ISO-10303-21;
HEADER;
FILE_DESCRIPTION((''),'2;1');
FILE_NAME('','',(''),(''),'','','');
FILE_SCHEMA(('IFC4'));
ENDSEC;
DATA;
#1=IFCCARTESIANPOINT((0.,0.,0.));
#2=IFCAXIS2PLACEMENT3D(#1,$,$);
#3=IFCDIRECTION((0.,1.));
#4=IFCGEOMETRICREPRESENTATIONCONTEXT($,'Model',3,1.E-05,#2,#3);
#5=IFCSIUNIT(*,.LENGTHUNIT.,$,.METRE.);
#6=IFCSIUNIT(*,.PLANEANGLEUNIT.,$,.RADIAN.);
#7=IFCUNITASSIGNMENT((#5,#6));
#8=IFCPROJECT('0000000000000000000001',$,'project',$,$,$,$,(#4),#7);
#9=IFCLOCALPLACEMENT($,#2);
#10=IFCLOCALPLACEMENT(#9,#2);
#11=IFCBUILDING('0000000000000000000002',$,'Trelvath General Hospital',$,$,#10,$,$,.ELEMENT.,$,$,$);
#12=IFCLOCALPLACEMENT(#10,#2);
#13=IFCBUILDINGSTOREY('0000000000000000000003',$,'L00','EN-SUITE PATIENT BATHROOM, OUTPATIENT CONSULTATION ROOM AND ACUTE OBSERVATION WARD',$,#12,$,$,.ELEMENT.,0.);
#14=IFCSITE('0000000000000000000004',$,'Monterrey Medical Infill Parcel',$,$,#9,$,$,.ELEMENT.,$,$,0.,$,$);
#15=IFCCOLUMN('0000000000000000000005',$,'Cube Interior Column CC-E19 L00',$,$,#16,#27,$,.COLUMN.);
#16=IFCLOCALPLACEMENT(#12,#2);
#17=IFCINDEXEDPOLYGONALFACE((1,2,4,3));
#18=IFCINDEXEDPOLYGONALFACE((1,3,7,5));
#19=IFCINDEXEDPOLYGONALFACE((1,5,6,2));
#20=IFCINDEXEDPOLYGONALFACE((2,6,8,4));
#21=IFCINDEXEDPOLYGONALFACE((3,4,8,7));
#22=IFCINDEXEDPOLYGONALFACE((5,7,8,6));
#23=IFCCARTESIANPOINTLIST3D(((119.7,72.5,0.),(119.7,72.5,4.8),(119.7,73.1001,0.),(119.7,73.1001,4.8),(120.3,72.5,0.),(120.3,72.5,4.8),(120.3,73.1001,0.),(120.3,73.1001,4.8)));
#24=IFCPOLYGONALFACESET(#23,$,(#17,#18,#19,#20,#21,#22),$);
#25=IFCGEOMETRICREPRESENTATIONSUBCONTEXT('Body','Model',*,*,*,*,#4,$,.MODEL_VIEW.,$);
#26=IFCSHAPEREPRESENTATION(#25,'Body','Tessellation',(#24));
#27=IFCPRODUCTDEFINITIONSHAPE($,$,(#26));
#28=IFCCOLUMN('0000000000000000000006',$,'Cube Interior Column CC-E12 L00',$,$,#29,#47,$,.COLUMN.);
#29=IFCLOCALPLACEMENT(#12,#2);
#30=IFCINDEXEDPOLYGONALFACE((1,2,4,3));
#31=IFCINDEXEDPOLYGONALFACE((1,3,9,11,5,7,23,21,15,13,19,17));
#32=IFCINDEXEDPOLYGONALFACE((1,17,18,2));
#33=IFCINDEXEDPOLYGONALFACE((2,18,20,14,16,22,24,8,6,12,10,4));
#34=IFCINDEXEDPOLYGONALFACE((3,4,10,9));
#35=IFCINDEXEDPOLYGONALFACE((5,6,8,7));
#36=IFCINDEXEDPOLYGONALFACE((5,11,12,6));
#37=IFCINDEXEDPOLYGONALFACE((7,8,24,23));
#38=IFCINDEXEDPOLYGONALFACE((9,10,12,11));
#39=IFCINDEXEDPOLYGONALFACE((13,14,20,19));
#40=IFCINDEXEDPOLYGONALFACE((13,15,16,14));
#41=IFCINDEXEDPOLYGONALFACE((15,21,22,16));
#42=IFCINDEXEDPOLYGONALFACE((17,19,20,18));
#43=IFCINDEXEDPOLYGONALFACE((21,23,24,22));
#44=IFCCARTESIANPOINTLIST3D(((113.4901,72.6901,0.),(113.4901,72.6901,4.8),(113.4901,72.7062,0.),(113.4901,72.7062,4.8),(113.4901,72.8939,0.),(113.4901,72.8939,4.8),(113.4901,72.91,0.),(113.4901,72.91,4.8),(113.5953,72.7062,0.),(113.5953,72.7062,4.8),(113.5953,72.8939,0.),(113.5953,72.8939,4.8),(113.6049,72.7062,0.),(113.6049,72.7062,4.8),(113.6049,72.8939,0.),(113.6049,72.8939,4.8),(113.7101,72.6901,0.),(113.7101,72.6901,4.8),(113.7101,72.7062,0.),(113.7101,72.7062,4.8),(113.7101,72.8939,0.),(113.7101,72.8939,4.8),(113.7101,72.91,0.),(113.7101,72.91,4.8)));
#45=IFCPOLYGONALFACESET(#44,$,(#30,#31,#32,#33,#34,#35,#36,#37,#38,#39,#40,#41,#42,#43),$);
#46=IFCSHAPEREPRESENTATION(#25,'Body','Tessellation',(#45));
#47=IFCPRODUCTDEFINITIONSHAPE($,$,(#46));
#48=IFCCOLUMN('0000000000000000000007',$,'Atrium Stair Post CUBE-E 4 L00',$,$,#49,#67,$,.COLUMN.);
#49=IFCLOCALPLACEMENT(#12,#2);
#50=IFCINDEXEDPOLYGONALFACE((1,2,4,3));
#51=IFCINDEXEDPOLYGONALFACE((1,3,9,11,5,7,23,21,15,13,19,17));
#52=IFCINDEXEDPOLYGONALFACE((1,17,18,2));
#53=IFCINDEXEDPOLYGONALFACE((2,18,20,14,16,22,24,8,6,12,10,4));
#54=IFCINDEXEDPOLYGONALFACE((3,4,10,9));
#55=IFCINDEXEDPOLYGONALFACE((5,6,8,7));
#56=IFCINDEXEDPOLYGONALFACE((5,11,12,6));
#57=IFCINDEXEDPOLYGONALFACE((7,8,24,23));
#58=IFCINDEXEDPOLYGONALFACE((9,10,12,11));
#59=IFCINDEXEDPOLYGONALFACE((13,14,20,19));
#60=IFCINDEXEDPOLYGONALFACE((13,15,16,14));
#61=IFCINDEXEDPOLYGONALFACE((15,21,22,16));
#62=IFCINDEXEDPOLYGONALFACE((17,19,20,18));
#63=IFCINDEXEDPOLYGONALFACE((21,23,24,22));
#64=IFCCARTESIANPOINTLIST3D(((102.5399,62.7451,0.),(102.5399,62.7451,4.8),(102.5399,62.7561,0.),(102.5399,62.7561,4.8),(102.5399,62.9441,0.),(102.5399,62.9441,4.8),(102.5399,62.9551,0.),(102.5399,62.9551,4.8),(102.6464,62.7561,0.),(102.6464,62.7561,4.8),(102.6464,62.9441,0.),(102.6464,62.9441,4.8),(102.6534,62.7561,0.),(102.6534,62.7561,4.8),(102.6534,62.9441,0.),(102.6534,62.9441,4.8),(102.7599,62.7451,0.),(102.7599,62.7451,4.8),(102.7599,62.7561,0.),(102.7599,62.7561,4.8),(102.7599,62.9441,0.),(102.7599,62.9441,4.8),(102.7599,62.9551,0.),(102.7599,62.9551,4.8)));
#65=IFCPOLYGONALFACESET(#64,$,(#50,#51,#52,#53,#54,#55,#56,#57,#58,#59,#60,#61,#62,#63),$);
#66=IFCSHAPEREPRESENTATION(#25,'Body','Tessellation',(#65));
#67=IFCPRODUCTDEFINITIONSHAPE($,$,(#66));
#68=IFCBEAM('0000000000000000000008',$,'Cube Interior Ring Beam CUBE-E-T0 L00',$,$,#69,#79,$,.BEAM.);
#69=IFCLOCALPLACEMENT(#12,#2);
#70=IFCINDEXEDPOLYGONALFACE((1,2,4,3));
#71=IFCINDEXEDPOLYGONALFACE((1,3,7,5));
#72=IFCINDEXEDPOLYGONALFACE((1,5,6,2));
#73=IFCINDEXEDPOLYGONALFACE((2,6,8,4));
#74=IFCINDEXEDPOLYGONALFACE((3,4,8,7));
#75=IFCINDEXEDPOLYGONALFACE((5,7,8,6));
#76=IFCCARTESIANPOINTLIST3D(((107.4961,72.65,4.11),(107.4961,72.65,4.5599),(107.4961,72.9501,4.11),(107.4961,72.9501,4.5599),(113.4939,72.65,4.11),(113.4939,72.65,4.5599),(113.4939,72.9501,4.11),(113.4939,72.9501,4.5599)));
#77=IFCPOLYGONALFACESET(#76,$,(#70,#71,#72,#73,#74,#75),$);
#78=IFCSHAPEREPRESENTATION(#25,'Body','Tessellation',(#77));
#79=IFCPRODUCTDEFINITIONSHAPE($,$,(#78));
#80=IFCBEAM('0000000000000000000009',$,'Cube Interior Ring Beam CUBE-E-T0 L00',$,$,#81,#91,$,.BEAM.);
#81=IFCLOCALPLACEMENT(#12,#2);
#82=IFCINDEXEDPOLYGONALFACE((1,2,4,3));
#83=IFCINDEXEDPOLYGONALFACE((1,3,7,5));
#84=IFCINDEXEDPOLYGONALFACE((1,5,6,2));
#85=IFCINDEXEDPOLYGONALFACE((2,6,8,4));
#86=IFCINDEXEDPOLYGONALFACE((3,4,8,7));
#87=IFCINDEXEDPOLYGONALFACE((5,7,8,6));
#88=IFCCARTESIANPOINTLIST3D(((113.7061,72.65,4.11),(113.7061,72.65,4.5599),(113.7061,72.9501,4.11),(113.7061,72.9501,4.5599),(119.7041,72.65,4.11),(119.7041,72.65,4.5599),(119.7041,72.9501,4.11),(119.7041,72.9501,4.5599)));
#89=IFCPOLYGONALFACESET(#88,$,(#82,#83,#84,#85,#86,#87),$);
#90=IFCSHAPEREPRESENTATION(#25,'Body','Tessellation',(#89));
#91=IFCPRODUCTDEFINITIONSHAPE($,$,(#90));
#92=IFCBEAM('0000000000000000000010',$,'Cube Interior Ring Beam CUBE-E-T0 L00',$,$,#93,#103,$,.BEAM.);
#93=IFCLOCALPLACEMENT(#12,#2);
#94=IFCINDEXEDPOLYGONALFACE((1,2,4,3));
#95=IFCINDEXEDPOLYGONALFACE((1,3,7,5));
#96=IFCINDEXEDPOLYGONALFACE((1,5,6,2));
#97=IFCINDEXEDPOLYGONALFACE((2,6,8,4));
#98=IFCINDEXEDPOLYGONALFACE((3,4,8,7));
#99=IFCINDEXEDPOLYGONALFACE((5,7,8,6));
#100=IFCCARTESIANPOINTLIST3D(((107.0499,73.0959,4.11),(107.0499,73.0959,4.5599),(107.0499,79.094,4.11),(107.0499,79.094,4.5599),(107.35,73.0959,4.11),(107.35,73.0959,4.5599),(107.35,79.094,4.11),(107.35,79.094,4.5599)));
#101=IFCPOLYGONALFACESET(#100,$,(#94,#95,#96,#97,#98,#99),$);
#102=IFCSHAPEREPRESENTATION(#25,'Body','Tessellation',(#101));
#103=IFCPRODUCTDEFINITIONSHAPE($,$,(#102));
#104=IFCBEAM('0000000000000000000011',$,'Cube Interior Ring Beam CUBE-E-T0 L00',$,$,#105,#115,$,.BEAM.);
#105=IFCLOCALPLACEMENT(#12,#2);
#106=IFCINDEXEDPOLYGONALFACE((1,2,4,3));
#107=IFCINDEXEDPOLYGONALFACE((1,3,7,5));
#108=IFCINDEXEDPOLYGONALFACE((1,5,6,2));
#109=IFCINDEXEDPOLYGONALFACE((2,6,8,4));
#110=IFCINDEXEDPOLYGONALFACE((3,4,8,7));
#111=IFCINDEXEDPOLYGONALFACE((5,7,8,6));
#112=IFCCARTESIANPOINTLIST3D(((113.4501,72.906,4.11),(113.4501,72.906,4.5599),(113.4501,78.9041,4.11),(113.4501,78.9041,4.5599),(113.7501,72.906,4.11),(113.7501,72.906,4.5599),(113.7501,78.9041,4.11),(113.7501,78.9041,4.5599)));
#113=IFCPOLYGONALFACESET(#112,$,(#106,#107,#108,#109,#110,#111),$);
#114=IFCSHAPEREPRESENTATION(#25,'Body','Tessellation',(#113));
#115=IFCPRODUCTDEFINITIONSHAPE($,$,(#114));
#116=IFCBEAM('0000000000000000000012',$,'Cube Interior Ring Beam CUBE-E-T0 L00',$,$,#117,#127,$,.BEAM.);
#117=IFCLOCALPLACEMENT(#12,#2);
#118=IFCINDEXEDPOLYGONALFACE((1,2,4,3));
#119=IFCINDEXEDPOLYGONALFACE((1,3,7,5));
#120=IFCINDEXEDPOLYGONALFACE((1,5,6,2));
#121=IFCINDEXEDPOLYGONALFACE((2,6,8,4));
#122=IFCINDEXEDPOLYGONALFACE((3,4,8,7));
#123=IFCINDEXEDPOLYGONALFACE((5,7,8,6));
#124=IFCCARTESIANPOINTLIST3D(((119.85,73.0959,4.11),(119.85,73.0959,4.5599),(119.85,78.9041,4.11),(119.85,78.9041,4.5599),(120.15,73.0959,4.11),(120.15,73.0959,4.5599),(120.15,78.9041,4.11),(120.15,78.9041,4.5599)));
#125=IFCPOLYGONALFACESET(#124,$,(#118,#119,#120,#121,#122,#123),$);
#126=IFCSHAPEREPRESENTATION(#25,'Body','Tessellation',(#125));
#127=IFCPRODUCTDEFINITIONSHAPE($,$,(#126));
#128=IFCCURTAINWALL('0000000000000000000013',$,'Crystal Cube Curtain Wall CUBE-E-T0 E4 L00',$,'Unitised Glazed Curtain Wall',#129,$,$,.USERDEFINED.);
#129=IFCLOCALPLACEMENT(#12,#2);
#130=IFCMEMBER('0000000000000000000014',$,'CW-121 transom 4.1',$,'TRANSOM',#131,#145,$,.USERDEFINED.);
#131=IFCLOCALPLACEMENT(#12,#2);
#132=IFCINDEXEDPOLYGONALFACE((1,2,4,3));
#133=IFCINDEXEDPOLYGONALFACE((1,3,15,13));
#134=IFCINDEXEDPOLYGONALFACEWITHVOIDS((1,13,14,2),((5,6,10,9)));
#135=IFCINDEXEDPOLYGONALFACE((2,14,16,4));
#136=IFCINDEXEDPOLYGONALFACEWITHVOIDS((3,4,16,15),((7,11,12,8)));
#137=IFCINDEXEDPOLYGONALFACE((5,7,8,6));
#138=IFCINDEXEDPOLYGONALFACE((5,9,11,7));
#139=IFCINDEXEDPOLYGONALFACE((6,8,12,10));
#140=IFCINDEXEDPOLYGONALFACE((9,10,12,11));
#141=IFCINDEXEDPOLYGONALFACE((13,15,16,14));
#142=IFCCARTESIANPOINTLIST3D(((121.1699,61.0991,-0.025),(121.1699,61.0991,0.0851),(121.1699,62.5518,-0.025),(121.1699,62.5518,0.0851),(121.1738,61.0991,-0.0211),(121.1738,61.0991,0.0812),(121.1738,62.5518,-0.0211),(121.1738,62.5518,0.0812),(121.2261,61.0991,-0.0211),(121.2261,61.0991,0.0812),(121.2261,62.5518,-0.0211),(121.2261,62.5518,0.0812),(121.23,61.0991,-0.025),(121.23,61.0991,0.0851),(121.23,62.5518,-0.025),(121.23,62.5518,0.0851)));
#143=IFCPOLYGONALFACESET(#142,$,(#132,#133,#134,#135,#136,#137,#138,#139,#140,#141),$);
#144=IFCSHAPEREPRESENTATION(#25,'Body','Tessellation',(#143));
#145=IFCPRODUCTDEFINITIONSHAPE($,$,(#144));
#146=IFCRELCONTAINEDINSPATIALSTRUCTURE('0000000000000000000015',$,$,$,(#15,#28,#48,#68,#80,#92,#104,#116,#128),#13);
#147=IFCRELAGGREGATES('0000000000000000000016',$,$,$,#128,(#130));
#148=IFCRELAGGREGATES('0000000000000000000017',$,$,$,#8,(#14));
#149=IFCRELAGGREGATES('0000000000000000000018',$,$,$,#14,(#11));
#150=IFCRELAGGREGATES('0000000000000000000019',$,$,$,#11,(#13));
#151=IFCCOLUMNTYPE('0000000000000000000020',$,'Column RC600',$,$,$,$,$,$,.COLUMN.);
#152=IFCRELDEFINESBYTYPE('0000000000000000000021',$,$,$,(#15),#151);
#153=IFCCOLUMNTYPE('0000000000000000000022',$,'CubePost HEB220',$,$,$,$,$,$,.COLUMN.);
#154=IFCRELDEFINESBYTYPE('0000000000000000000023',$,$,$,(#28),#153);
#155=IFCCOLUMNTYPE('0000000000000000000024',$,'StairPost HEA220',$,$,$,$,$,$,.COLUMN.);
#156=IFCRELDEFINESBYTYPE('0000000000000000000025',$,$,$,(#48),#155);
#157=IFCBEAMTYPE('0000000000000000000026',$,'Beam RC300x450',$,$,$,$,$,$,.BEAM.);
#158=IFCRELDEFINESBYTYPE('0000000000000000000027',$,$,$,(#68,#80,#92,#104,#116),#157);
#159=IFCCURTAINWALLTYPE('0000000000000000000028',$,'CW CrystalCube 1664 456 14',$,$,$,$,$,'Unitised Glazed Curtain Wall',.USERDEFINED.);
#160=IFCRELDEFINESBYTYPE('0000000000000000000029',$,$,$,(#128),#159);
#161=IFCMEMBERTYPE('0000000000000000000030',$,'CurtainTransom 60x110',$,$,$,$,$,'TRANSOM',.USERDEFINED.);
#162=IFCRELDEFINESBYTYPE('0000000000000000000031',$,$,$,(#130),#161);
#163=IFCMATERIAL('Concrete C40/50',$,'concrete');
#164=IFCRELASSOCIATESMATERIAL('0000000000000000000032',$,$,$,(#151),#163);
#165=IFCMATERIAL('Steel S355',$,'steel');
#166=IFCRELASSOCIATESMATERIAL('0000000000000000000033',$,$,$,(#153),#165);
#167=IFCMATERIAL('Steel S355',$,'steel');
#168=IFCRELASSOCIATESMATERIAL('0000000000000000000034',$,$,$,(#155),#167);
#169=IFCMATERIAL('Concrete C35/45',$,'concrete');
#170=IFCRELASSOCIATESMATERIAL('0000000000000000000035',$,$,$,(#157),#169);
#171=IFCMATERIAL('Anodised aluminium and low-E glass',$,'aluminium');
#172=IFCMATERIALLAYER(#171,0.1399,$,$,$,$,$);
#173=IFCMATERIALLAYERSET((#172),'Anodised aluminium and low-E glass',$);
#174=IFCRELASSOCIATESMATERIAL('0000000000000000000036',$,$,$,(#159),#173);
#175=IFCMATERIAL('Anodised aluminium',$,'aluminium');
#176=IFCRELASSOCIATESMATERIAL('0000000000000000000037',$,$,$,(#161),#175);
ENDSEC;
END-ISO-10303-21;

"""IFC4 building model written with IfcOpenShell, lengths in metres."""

from ifc_helpers import new_model, si_unit, direction, frame, origin, origin_2d, place, context, subcontext, project, spatial, rectangle, hollow_rectangle, i_section, extrude, material, layer, layer_set, material_profile, profile_set, type_object, element, aggregate, save


model = new_model("IFC4")

# Units and contexts
model_context = context("Model", 3, precision=1e-05, world=origin(), true_north=direction((0.0, 1.0)))
body_context = subcontext(model_context, "Body", "Model", "MODEL_VIEW")
ifc_project = project(units=[si_unit("LENGTHUNIT", "METRE"), si_unit("PLANEANGLEUNIT", "RADIAN")], contexts=[model_context])

# Site, building, storey
site_placement = place(None, origin())
site = spatial("IfcSite", under=ifc_project, at=site_placement, Name="Monterrey Medical Infill Parcel", CompositionType="ELEMENT", RefElevation=0.0)
building_placement = place(site_placement, origin())
building = spatial("IfcBuilding", under=site, at=building_placement, Name="Trelvath General Hospital", CompositionType="ELEMENT")
storey_placement = place(building_placement, origin())
storey = spatial("IfcBuildingStorey", under=building, at=storey_placement, Name="L00", Description="EN-SUITE PATIENT BATHROOM, OUTPATIENT CONSULTATION ROOM AND ACUTE OBSERVATION WARD", CompositionType="ELEMENT", Elevation=0.0)

# Columns
ifc_material_1 = material(Name="Concrete C40/50", Category="concrete")
ifc_material_profile_1 = material_profile(ifc_material_1, rectangle(XDim=0.6001, YDim=0.6001, at=origin_2d()), Name="RC600x600")
ifc_profile_set_1 = profile_set([ifc_material_profile_1], Name="Concrete C40/50")
column_type_1 = type_object("IfcColumnType", Name="Column RC600", PredefinedType="COLUMN", material=ifc_profile_set_1)
for number, where, z_axis, x_axis, name in (
    (1, (120.0, 72.8, 0.0), (0.0, 0.0, 1.0), (1.0, 0.0, 0.0), "Cube Interior Column CC-E19 L00"),
):
    element("IfcColumn", number, at=place(storey_placement, frame(where, z_axis=z_axis, x_axis=x_axis)), inside=storey, type_object=column_type_1, Name=name, PredefinedType="COLUMN", context=body_context, shape_type="SweptSolid", body=[
        extrude(rectangle(XDim=0.6001, YDim=0.6001, at=origin_2d()), origin(), (0.0, 0.0, 1.0), 4.8),
    ])
ifc_material_2 = material(Name="Steel S355", Category="steel")
ifc_material_profile_2 = material_profile(ifc_material_2, i_section(OverallWidth=0.22, OverallDepth=0.22, WebThickness=0.0095, FlangeThickness=0.0161, at=origin_2d()), Name="HEB220")
ifc_profile_set_2 = profile_set([ifc_material_profile_2], Name="Steel S355")
column_type_2 = type_object("IfcColumnType", Name="CubePost HEB220", PredefinedType="COLUMN", material=ifc_profile_set_2)
column_1_placement = place(storey_placement, frame((113.6001, 72.8, 0.0), z_axis=(0.0, 0.0, 1.0), x_axis=(1.0, 0.0, 0.0)))
element("IfcColumn", 2, at=column_1_placement, inside=storey, type_object=column_type_2, Name="Cube Interior Column CC-E12 L00", PredefinedType="COLUMN", context=body_context, shape_type="SweptSolid", body=[
    extrude(i_section(OverallWidth=0.22, OverallDepth=0.22, WebThickness=0.0095, FlangeThickness=0.0161, at=origin_2d()), origin(), (0.0, 0.0, 1.0), 4.8),
])
ifc_material_3 = material(Name="Steel S355", Category="steel")
ifc_material_profile_3 = material_profile(ifc_material_3, i_section(OverallWidth=0.22, OverallDepth=0.21, WebThickness=0.0071, FlangeThickness=0.011, at=origin_2d()), Name="HEA220")
ifc_profile_set_3 = profile_set([ifc_material_profile_3], Name="Steel S355")
column_type_3 = type_object("IfcColumnType", Name="StairPost HEA220", PredefinedType="COLUMN", material=ifc_profile_set_3)
column_2_placement = place(storey_placement, frame((102.6499, 62.8501, 0.0), z_axis=(0.0, 0.0, 1.0), x_axis=(1.0, 0.0, 0.0)))
element("IfcColumn", 3, at=column_2_placement, inside=storey, type_object=column_type_3, Name="Atrium Stair Post CUBE-E 4 L00", PredefinedType="COLUMN", context=body_context, shape_type="SweptSolid", body=[
    extrude(i_section(OverallWidth=0.22, OverallDepth=0.21, WebThickness=0.0071, FlangeThickness=0.011, at=origin_2d()), origin(), (0.0, 0.0, 1.0), 4.8),
])

# Beams
ifc_material_4 = material(Name="Concrete C35/45", Category="concrete")
ifc_material_profile_4 = material_profile(ifc_material_4, rectangle(XDim=0.3, YDim=0.45, at=origin_2d()), Name="RCB300x450")
ifc_profile_set_4 = profile_set([ifc_material_profile_4], Name="Concrete C35/45")
beam_type = type_object("IfcBeamType", Name="Beam RC300x450", PredefinedType="BEAM", material=ifc_profile_set_4)
beam_1_placement = place(storey_placement, frame((107.4961, 72.8, 4.335), z_axis=(1.0, 0.0, 0.0), x_axis=(0.0, 1.0, 0.0)))
element("IfcBeam", 4, at=beam_1_placement, inside=storey, type_object=beam_type, Name="Cube Interior Ring Beam CUBE-E-T0 L00", PredefinedType="BEAM", context=body_context, shape_type="SweptSolid", body=[
    extrude(rectangle(XDim=0.3, YDim=0.45, at=origin_2d()), origin(), (0.0, 0.0, 1.0), 5.9978),
])
for number, where, z_axis, x_axis, name in (
    (5, (113.7061, 72.8, 4.335), (1.0, 0.0, 0.0), (0.0, 1.0, 0.0), "Cube Interior Ring Beam CUBE-E-T0 L00"),
    (6, (107.2, 73.0959, 4.335), (0.0, 1.0, 0.0), (-1.0, 0.0, 0.0), "Cube Interior Ring Beam CUBE-E-T0 L00"),
    (7, (113.6001, 72.906, 4.335), (0.0, 1.0, 0.0), (-1.0, 0.0, 0.0), "Cube Interior Ring Beam CUBE-E-T0 L00"),
):
    element("IfcBeam", number, at=place(storey_placement, frame(where, z_axis=z_axis, x_axis=x_axis)), inside=storey, type_object=beam_type, Name=name, PredefinedType="BEAM", context=body_context, shape_type="SweptSolid", body=[
        extrude(rectangle(XDim=0.3, YDim=0.45, at=origin_2d()), origin(), (0.0, 0.0, 1.0), 5.998),
    ])
beam_2_placement = place(storey_placement, frame((120.0, 73.0959, 4.335), z_axis=(0.0, 1.0, 0.0), x_axis=(-1.0, 0.0, 0.0)))
element("IfcBeam", 8, at=beam_2_placement, inside=storey, type_object=beam_type, Name="Cube Interior Ring Beam CUBE-E-T0 L00", PredefinedType="BEAM", context=body_context, shape_type="SweptSolid", body=[
    extrude(rectangle(XDim=0.3, YDim=0.45, at=origin_2d()), origin(), (0.0, 0.0, 1.0), 5.8081),
])

# Curtain wall, member
ifc_material_5 = material(Name="Anodised aluminium and low-E glass", Category="aluminium")
ifc_layer_1 = layer(ifc_material_5, 0.1399)
ifc_layer_set_1 = layer_set([ifc_layer_1], Name="Anodised aluminium and low-E glass")
curtain_wall_type = type_object("IfcCurtainWallType", Name="CW CrystalCube 1664 456 14", ElementType="Unitised Glazed Curtain Wall", PredefinedType="USERDEFINED", material=ifc_layer_set_1)
curtain_wall_placement = place(storey_placement, origin())
curtain_wall = element("IfcCurtainWall", 9, at=curtain_wall_placement, inside=storey, type_object=curtain_wall_type, Name="Crystal Cube Curtain Wall CUBE-E-T0 E4 L00", ObjectType="Unitised Glazed Curtain Wall", PredefinedType="USERDEFINED")
ifc_material_6 = material(Name="Anodised aluminium", Category="aluminium")
ifc_material_profile_5 = material_profile(ifc_material_6, hollow_rectangle(XDim=0.0601, YDim=0.1101, WallThickness=0.0039, at=origin_2d()), Name="RHS60x110x4")
ifc_profile_set_5 = profile_set([ifc_material_profile_5], Name="Anodised aluminium")
member_type = type_object("IfcMemberType", Name="CurtainTransom 60x110", ElementType="TRANSOM", PredefinedType="USERDEFINED", material=ifc_profile_set_5)
member_placement = place(storey_placement, frame((121.2, 62.5518, 0.03), z_axis=(0.0, -1.0, 0.0), x_axis=(1.0, 0.0, 0.0)))
member = element("IfcMember", 10, at=member_placement, type_object=member_type, Name="CW-121 transom 4.1", ObjectType="TRANSOM", PredefinedType="USERDEFINED", context=body_context, shape_type="SweptSolid", body=[
    extrude(hollow_rectangle(XDim=0.0601, YDim=0.1101, WallThickness=0.0039, at=origin_2d()), origin(), (0.0, 0.0, 1.0), 1.4526),
])
aggregate(curtain_wall, [member])

save(model, "model.ifc")
